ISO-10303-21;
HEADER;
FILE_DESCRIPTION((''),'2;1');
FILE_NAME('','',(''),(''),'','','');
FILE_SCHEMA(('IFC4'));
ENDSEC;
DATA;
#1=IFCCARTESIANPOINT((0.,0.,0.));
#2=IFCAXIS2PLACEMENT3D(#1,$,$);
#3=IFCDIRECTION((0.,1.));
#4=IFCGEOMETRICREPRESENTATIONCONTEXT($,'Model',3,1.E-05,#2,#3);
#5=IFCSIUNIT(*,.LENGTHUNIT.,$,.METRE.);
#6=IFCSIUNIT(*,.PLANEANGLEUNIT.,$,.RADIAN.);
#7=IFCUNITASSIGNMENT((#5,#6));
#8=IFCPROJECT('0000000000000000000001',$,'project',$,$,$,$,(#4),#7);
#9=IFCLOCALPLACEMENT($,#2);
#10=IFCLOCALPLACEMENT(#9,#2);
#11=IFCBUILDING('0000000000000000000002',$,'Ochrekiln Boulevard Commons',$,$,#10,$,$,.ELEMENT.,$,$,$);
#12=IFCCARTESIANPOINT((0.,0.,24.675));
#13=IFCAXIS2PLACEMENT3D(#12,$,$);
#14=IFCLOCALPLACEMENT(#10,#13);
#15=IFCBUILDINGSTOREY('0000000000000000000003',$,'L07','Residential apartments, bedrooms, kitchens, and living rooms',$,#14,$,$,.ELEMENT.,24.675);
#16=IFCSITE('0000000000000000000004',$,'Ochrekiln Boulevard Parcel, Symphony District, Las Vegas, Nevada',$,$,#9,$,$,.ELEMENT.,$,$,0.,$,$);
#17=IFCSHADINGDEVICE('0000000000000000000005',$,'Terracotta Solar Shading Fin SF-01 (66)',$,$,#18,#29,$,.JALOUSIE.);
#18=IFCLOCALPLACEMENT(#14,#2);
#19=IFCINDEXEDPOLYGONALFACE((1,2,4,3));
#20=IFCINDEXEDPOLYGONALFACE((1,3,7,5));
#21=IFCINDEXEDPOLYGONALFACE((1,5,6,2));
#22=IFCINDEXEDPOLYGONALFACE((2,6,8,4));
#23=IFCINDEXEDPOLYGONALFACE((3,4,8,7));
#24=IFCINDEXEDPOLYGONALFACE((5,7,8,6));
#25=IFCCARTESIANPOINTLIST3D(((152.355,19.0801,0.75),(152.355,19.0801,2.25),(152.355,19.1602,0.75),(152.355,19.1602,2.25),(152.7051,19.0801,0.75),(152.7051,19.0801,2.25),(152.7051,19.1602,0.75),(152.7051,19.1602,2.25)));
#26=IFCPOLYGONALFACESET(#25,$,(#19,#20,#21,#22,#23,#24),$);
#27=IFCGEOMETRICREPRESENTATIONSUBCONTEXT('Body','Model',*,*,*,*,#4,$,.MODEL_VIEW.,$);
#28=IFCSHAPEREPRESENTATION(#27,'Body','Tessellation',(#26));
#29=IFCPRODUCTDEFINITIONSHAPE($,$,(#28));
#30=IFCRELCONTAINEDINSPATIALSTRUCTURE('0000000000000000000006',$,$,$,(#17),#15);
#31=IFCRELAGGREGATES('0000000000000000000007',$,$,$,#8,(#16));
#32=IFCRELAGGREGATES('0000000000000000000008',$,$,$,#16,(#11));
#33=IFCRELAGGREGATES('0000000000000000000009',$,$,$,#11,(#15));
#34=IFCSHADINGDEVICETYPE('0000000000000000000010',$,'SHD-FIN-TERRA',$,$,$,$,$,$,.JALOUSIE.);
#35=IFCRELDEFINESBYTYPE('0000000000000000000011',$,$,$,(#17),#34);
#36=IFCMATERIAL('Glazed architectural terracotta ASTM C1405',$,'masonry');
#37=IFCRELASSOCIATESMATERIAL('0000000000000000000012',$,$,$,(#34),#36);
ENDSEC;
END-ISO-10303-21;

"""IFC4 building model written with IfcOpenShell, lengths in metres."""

from ifc_helpers import new_model, si_unit, direction, frame, origin, origin_2d, place, context, subcontext, project, spatial, rectangle, extrude, material, type_object, element, save


model = new_model("IFC4")

# Units and contexts
model_context = context("Model", 3, precision=1e-05, world=origin(), true_north=direction((0.0, 1.0)))
body_context = subcontext(model_context, "Body", "Model", "MODEL_VIEW")
ifc_project = project(units=[si_unit("LENGTHUNIT", "METRE"), si_unit("PLANEANGLEUNIT", "RADIAN")], contexts=[model_context])

# Site, building, storey
site_placement = place(None, origin())
site = spatial("IfcSite", under=ifc_project, at=site_placement, Name="Ochrekiln Boulevard Parcel, Symphony District, Las Vegas, Nevada", CompositionType="ELEMENT", RefElevation=0.0)
building_placement = place(site_placement, origin())
building = spatial("IfcBuilding", under=site, at=building_placement, Name="Ochrekiln Boulevard Commons", CompositionType="ELEMENT")
storey_placement = place(building_placement, frame((0.0, 0.0, 24.675)))
storey = spatial("IfcBuildingStorey", under=building, at=storey_placement, Name="L07", Description="Residential apartments, bedrooms, kitchens, and living rooms", CompositionType="ELEMENT", Elevation=24.675)

# Shading device
ifc_material_1 = material(Name="Glazed architectural terracotta ASTM C1405", Category="masonry")
shading_device_type = type_object("IfcShadingDeviceType", Name="SHD-FIN-TERRA", PredefinedType="JALOUSIE", material=ifc_material_1)
shading_device_placement = place(storey_placement, frame((152.53, 19.1201, 0.75), z_axis=(0.0, 0.0, 1.0), x_axis=(1.0, 0.0, 0.0)))
element("IfcShadingDevice", 1, at=shading_device_placement, inside=storey, type_object=shading_device_type, Name="Terracotta Solar Shading Fin SF-01 (66)", PredefinedType="JALOUSIE", context=body_context, shape_type="SweptSolid", body=[
    extrude(rectangle(XDim=0.3501, YDim=0.0801, at=origin_2d()), origin(), (0.0, 0.0, 1.0), 1.5),
])

save(model, "model.ifc")
